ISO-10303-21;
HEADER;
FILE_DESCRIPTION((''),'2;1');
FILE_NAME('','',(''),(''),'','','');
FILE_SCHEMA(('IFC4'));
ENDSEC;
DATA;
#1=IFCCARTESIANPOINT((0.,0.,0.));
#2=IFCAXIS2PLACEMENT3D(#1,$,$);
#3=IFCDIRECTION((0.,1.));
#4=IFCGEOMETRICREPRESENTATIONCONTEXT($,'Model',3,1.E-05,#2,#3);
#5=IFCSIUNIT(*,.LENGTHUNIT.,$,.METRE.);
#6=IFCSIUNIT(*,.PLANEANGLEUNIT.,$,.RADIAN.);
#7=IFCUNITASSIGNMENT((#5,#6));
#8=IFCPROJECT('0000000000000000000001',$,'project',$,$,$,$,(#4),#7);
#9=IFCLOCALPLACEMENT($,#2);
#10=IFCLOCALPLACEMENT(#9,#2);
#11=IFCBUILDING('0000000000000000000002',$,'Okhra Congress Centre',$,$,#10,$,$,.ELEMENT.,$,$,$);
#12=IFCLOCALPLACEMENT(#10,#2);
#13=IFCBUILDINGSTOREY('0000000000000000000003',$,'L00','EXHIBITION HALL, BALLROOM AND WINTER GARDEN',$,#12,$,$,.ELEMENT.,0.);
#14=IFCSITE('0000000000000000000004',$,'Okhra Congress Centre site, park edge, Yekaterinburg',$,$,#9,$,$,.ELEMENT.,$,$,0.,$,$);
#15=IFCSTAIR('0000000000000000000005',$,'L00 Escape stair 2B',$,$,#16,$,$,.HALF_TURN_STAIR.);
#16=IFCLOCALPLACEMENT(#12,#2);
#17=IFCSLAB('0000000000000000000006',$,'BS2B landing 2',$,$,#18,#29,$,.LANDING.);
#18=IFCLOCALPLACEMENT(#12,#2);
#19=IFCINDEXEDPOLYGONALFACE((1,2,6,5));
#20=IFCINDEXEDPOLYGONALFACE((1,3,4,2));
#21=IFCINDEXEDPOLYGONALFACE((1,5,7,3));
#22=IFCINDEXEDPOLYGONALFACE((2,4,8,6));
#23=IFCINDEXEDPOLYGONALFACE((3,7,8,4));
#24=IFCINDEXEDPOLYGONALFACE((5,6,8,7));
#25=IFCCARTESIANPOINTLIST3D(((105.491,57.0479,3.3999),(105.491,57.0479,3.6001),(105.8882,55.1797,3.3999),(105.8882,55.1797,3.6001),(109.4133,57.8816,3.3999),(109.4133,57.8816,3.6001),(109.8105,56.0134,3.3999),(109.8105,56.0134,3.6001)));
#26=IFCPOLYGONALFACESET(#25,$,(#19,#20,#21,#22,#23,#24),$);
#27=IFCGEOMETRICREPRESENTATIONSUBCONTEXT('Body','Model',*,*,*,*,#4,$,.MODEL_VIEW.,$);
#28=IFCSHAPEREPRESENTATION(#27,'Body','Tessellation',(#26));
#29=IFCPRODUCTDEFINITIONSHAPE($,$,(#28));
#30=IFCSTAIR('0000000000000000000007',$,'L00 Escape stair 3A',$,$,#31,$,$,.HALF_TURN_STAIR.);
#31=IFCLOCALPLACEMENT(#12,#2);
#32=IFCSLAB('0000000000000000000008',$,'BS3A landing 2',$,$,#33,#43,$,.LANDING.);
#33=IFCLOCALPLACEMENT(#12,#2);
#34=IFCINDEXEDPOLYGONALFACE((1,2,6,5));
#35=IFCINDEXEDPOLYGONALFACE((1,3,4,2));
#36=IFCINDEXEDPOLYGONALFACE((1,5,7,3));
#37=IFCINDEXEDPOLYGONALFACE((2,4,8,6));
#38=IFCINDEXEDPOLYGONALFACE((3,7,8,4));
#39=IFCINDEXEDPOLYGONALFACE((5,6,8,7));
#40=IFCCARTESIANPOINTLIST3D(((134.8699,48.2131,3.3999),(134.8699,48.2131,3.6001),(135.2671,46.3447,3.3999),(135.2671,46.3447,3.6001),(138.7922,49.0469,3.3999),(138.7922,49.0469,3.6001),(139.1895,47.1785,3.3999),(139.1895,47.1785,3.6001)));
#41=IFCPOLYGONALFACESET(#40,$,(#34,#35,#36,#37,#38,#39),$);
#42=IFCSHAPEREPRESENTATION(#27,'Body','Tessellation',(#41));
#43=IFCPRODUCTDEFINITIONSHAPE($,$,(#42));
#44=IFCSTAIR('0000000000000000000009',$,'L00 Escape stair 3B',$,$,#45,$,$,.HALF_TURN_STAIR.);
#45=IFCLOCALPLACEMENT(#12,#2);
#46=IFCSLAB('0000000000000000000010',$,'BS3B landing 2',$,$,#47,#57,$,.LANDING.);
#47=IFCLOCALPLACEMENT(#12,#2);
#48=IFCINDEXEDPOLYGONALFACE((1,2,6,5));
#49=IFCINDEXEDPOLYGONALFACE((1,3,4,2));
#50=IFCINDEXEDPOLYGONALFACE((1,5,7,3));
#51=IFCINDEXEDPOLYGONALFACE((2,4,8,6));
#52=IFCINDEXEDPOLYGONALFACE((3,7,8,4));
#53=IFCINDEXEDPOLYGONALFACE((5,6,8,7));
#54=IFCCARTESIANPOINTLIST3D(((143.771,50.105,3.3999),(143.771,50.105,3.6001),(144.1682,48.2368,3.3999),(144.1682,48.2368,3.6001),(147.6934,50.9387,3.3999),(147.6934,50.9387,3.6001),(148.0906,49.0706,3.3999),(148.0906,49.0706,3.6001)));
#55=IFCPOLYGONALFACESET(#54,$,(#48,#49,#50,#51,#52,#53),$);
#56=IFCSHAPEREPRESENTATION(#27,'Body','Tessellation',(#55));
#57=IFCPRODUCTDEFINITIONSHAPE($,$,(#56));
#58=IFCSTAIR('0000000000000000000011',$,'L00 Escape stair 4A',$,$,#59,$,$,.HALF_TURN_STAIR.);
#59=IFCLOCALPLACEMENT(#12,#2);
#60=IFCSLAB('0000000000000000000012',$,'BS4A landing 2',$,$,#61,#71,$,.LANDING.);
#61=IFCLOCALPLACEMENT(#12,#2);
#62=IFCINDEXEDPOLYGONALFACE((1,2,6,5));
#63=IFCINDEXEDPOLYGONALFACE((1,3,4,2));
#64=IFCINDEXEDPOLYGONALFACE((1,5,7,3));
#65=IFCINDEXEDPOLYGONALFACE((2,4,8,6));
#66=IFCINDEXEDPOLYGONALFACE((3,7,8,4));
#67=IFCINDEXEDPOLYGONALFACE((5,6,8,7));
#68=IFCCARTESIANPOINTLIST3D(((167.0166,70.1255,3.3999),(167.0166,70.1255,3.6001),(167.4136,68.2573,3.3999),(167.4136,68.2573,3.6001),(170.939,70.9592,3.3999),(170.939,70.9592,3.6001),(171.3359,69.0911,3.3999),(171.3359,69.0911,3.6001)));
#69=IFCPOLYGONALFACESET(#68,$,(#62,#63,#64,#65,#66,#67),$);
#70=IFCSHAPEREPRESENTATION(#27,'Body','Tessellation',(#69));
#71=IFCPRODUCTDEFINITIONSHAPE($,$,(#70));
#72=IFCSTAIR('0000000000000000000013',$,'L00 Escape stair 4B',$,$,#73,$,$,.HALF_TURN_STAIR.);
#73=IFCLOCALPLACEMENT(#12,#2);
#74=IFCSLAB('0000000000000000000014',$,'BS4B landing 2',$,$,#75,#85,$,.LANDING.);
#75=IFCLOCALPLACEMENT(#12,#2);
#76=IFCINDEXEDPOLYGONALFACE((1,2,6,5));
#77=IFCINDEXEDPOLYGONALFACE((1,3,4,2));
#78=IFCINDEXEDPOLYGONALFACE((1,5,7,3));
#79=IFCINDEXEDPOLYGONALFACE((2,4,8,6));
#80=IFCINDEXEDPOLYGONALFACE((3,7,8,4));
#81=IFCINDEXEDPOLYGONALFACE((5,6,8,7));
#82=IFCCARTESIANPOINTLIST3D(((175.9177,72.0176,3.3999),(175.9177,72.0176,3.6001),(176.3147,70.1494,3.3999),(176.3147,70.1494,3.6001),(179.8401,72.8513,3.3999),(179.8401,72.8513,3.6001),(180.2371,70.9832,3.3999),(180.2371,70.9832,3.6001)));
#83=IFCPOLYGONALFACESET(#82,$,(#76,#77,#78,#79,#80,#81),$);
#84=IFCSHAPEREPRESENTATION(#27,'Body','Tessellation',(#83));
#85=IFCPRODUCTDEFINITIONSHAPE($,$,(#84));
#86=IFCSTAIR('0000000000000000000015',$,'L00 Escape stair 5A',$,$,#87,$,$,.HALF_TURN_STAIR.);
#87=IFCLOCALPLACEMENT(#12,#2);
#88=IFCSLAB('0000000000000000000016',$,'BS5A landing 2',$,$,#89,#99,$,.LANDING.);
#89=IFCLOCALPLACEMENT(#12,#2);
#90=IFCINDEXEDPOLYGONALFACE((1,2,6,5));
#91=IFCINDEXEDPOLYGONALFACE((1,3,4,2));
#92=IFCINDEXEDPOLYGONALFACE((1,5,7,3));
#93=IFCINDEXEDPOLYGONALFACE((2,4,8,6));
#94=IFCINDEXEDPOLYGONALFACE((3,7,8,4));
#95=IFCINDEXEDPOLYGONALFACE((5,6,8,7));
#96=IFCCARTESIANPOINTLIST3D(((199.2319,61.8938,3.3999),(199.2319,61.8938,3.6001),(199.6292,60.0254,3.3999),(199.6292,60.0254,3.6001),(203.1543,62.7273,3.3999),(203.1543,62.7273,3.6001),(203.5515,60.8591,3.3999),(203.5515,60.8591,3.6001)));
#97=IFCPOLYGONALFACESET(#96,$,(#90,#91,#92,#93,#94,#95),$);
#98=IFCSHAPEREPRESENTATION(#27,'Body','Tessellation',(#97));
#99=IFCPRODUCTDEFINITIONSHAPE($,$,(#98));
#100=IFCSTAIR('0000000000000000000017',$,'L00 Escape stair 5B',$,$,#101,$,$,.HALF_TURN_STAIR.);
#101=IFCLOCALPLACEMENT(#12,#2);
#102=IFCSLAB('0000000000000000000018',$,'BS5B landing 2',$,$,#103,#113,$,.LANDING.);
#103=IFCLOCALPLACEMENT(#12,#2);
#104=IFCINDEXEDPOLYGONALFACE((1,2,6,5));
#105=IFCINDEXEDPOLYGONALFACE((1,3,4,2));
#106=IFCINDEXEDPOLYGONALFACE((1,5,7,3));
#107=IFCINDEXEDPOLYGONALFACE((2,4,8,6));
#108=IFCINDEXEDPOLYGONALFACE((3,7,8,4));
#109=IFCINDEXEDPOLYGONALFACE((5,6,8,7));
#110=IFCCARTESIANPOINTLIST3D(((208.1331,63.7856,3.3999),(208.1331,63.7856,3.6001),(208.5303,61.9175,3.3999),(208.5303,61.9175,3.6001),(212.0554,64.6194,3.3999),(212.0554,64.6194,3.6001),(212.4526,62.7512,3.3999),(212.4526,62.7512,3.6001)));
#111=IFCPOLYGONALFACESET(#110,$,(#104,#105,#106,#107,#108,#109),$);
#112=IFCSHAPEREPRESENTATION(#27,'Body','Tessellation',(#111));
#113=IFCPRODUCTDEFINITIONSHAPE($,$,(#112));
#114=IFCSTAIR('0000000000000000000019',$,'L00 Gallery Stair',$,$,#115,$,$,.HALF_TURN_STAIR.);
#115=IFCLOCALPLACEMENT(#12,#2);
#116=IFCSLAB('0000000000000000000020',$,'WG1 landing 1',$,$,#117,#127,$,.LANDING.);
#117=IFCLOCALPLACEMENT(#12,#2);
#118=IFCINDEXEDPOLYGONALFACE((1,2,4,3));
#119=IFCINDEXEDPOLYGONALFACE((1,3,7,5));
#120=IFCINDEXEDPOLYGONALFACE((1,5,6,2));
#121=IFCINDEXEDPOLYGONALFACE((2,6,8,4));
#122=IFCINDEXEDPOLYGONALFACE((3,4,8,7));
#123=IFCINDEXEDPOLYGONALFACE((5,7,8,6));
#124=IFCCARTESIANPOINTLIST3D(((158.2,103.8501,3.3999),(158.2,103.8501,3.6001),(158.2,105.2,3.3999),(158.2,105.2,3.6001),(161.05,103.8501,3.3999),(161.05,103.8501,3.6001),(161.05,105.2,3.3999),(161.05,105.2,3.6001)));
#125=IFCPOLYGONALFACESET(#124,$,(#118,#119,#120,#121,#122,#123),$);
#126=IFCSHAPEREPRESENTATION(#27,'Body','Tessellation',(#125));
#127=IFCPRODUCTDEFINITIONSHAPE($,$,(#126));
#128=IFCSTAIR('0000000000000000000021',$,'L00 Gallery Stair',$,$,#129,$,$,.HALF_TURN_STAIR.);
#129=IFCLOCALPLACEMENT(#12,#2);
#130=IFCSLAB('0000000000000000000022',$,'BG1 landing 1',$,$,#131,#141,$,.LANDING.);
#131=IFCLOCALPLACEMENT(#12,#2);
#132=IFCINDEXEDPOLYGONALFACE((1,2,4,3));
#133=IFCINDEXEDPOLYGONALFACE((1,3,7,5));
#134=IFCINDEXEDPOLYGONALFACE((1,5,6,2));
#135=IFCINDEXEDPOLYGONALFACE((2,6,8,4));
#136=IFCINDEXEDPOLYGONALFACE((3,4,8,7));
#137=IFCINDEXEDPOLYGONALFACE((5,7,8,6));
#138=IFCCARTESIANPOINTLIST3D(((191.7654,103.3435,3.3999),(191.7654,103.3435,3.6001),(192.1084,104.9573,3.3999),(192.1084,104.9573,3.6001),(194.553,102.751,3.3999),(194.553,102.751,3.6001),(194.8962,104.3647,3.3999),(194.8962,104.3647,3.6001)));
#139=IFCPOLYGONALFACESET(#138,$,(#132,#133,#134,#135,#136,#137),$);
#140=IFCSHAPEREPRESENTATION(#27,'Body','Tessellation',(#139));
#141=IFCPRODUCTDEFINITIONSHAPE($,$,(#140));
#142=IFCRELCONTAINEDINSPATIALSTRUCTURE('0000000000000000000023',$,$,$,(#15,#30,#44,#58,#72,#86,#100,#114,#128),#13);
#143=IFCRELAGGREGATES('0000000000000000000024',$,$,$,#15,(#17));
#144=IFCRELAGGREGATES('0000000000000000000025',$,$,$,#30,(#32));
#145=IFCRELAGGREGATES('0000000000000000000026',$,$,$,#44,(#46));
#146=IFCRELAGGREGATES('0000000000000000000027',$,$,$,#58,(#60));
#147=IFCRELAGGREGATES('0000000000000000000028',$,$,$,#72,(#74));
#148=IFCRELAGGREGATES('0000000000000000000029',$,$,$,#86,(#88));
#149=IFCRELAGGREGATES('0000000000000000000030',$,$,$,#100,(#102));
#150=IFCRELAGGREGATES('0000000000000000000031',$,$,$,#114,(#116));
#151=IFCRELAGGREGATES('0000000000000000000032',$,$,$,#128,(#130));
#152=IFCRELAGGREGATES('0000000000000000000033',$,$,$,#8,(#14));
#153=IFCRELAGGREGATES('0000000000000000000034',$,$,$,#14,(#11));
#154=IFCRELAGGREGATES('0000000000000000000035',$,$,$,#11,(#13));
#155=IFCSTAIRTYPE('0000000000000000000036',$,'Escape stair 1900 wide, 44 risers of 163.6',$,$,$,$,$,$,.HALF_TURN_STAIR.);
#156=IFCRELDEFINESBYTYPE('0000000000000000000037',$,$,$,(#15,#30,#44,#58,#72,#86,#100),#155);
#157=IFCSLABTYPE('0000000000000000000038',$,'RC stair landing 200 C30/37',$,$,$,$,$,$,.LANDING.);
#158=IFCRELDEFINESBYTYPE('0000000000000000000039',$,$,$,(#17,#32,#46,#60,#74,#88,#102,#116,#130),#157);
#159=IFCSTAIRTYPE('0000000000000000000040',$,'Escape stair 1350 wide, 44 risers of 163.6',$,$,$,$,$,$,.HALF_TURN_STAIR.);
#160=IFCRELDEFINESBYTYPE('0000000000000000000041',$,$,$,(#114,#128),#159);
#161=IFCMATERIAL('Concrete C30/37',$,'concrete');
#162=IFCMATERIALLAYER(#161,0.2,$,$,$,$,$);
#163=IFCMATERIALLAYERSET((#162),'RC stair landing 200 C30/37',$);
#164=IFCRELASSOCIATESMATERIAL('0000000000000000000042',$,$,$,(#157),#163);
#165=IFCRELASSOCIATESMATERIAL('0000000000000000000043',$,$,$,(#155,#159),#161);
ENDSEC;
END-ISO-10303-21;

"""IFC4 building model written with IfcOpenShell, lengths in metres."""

from ifc_helpers import new_model, si_unit, direction, frame, origin, place, context, subcontext, project, spatial, polyline, outline, extrude, material, layer, layer_set, type_object, element, aggregate, save


model = new_model("IFC4")

# Units and contexts
model_context = context("Model", 3, precision=1e-05, world=origin(), true_north=direction((0.0, 1.0)))
body_context = subcontext(model_context, "Body", "Model", "MODEL_VIEW")
ifc_project = project(units=[si_unit("LENGTHUNIT", "METRE"), si_unit("PLANEANGLEUNIT", "RADIAN")], contexts=[model_context])

# Site, building, storey
site_placement = place(None, origin())
site = spatial("IfcSite", under=ifc_project, at=site_placement, Name="Okhra Congress Centre site, park edge, Yekaterinburg", CompositionType="ELEMENT", RefElevation=0.0)
building_placement = place(site_placement, origin())
building = spatial("IfcBuilding", under=site, at=building_placement, Name="Okhra Congress Centre", CompositionType="ELEMENT")
storey_placement = place(building_placement, origin())
storey = spatial("IfcBuildingStorey", under=building, at=storey_placement, Name="L00", Description="EXHIBITION HALL, BALLROOM AND WINTER GARDEN", CompositionType="ELEMENT", Elevation=0.0)

# Shared definitions
ifc_material = material(Name="Concrete C30/37", Category="concrete")

# Stairs, slabs
ifc_layer_1 = layer(ifc_material, 0.2)
ifc_layer_set_1 = layer_set([ifc_layer_1], Name="RC stair landing 200 C30/37")
slab_type_1 = type_object("IfcSlabType", Name="RC stair landing 200 C30/37", PredefinedType="LANDING", material=ifc_layer_set_1)
stair_type_1 = type_object("IfcStairType", Name="Escape stair 1900 wide, 44 risers of 163.6", PredefinedType="HALF_TURN_STAIR", material=ifc_material)
stair_1_placement = place(storey_placement, origin())
stair_1 = element("IfcStair", 1, at=stair_1_placement, inside=storey, type_object=stair_type_1, Name="L00 Escape stair 2B", PredefinedType="HALF_TURN_STAIR")
slab_1_placement = place(storey_placement, frame((0.0, 0.0, 3.3999)))
slab_1 = element("IfcSlab", 2, at=slab_1_placement, type_object=slab_type_1, Name="BS2B landing 2", PredefinedType="LANDING", context=body_context, shape_type="SweptSolid", body=[
    extrude(outline(polyline([(105.491, 57.0479), (109.4133, 57.8816), (109.8105, 56.0134), (105.8882, 55.1797), (105.491, 57.0479)])), origin(), (0.0, 0.0, 1.0), 0.2002),
])
aggregate(stair_1, [slab_1])
stair_2_placement = place(storey_placement, origin())
stair_2 = element("IfcStair", 3, at=stair_2_placement, inside=storey, type_object=stair_type_1, Name="L00 Escape stair 3A", PredefinedType="HALF_TURN_STAIR")
slab_2_placement = place(storey_placement, frame((0.0, 0.0, 3.3999)))
slab_2 = element("IfcSlab", 4, at=slab_2_placement, type_object=slab_type_1, Name="BS3A landing 2", PredefinedType="LANDING", context=body_context, shape_type="SweptSolid", body=[
    extrude(outline(polyline([(139.1895, 47.1785), (135.2671, 46.3447), (134.8699, 48.2131), (138.7922, 49.0469), (139.1895, 47.1785)])), origin(), (0.0, 0.0, 1.0), 0.2002),
])
aggregate(stair_2, [slab_2])
stair_3_placement = place(storey_placement, origin())
stair_3 = element("IfcStair", 5, at=stair_3_placement, inside=storey, type_object=stair_type_1, Name="L00 Escape stair 3B", PredefinedType="HALF_TURN_STAIR")
slab_3_placement = place(storey_placement, frame((0.0, 0.0, 3.3999)))
slab_3 = element("IfcSlab", 6, at=slab_3_placement, type_object=slab_type_1, Name="BS3B landing 2", PredefinedType="LANDING", context=body_context, shape_type="SweptSolid", body=[
    extrude(outline(polyline([(148.0906, 49.0706), (144.1682, 48.2368), (143.771, 50.105), (147.6934, 50.9387), (148.0906, 49.0706)])), origin(), (0.0, 0.0, 1.0), 0.2002),
])
aggregate(stair_3, [slab_3])
stair_4_placement = place(storey_placement, origin())
stair_4 = element("IfcStair", 7, at=stair_4_placement, inside=storey, type_object=stair_type_1, Name="L00 Escape stair 4A", PredefinedType="HALF_TURN_STAIR")
slab_4_placement = place(storey_placement, frame((0.0, 0.0, 3.3999)))
slab_4 = element("IfcSlab", 8, at=slab_4_placement, type_object=slab_type_1, Name="BS4A landing 2", PredefinedType="LANDING", context=body_context, shape_type="SweptSolid", body=[
    extrude(outline(polyline([(167.0166, 70.1255), (170.939, 70.9592), (171.3359, 69.0911), (167.4136, 68.2573), (167.0166, 70.1255)])), origin(), (0.0, 0.0, 1.0), 0.2002),
])
aggregate(stair_4, [slab_4])
stair_5_placement = place(storey_placement, origin())
stair_5 = element("IfcStair", 9, at=stair_5_placement, inside=storey, type_object=stair_type_1, Name="L00 Escape stair 4B", PredefinedType="HALF_TURN_STAIR")
slab_5_placement = place(storey_placement, frame((0.0, 0.0, 3.3999)))
slab_5 = element("IfcSlab", 10, at=slab_5_placement, type_object=slab_type_1, Name="BS4B landing 2", PredefinedType="LANDING", context=body_context, shape_type="SweptSolid", body=[
    extrude(outline(polyline([(175.9177, 72.0176), (179.8401, 72.8513), (180.2371, 70.9832), (176.3147, 70.1494), (175.9177, 72.0176)])), origin(), (0.0, 0.0, 1.0), 0.2002),
])
aggregate(stair_5, [slab_5])
stair_6_placement = place(storey_placement, origin())
stair_6 = element("IfcStair", 11, at=stair_6_placement, inside=storey, type_object=stair_type_1, Name="L00 Escape stair 5A", PredefinedType="HALF_TURN_STAIR")
slab_6_placement = place(storey_placement, frame((0.0, 0.0, 3.3999)))
slab_6 = element("IfcSlab", 12, at=slab_6_placement, type_object=slab_type_1, Name="BS5A landing 2", PredefinedType="LANDING", context=body_context, shape_type="SweptSolid", body=[
    extrude(outline(polyline([(203.5515, 60.8591), (199.6292, 60.0254), (199.2319, 61.8938), (203.1543, 62.7273), (203.5515, 60.8591)])), origin(), (0.0, 0.0, 1.0), 0.2002),
])
aggregate(stair_6, [slab_6])
stair_7_placement = place(storey_placement, origin())
stair_7 = element("IfcStair", 13, at=stair_7_placement, inside=storey, type_object=stair_type_1, Name="L00 Escape stair 5B", PredefinedType="HALF_TURN_STAIR")
slab_7_placement = place(storey_placement, frame((0.0, 0.0, 3.3999)))
slab_7 = element("IfcSlab", 14, at=slab_7_placement, type_object=slab_type_1, Name="BS5B landing 2", PredefinedType="LANDING", context=body_context, shape_type="SweptSolid", body=[
    extrude(outline(polyline([(212.4526, 62.7512), (208.5303, 61.9175), (208.1331, 63.7856), (212.0554, 64.6194), (212.4526, 62.7512)])), origin(), (0.0, 0.0, 1.0), 0.2002),
])
aggregate(stair_7, [slab_7])
stair_type_2 = type_object("IfcStairType", Name="Escape stair 1350 wide, 44 risers of 163.6", PredefinedType="HALF_TURN_STAIR", material=ifc_material)
stair_8_placement = place(storey_placement, origin())
stair_8 = element("IfcStair", 15, at=stair_8_placement, inside=storey, type_object=stair_type_2, Name="L00 Gallery Stair", PredefinedType="HALF_TURN_STAIR")
slab_8_placement = place(storey_placement, frame((0.0, 0.0, 3.3999)))
slab_8 = element("IfcSlab", 16, at=slab_8_placement, type_object=slab_type_1, Name="WG1 landing 1", PredefinedType="LANDING", context=body_context, shape_type="SweptSolid", body=[
    extrude(outline(polyline([(161.05, 103.8501), (161.05, 105.2), (158.2, 105.2), (158.2, 103.8501), (161.05, 103.8501)])), origin(), (0.0, 0.0, 1.0), 0.2002),
])
aggregate(stair_8, [slab_8])
stair_9_placement = place(storey_placement, origin())
stair_9 = element("IfcStair", 17, at=stair_9_placement, inside=storey, type_object=stair_type_2, Name="L00 Gallery Stair", PredefinedType="HALF_TURN_STAIR")
slab_9_placement = place(storey_placement, frame((0.0, 0.0, 3.3999)))
slab_9 = element("IfcSlab", 18, at=slab_9_placement, type_object=slab_type_1, Name="BG1 landing 1", PredefinedType="LANDING", context=body_context, shape_type="SweptSolid", body=[
    extrude(outline(polyline([(194.553, 102.751), (194.8962, 104.3647), (192.1084, 104.9573), (191.7654, 103.3435), (194.553, 102.751)])), origin(), (0.0, 0.0, 1.0), 0.2002),
])
aggregate(stair_9, [slab_9])

save(model, "model.ifc")
